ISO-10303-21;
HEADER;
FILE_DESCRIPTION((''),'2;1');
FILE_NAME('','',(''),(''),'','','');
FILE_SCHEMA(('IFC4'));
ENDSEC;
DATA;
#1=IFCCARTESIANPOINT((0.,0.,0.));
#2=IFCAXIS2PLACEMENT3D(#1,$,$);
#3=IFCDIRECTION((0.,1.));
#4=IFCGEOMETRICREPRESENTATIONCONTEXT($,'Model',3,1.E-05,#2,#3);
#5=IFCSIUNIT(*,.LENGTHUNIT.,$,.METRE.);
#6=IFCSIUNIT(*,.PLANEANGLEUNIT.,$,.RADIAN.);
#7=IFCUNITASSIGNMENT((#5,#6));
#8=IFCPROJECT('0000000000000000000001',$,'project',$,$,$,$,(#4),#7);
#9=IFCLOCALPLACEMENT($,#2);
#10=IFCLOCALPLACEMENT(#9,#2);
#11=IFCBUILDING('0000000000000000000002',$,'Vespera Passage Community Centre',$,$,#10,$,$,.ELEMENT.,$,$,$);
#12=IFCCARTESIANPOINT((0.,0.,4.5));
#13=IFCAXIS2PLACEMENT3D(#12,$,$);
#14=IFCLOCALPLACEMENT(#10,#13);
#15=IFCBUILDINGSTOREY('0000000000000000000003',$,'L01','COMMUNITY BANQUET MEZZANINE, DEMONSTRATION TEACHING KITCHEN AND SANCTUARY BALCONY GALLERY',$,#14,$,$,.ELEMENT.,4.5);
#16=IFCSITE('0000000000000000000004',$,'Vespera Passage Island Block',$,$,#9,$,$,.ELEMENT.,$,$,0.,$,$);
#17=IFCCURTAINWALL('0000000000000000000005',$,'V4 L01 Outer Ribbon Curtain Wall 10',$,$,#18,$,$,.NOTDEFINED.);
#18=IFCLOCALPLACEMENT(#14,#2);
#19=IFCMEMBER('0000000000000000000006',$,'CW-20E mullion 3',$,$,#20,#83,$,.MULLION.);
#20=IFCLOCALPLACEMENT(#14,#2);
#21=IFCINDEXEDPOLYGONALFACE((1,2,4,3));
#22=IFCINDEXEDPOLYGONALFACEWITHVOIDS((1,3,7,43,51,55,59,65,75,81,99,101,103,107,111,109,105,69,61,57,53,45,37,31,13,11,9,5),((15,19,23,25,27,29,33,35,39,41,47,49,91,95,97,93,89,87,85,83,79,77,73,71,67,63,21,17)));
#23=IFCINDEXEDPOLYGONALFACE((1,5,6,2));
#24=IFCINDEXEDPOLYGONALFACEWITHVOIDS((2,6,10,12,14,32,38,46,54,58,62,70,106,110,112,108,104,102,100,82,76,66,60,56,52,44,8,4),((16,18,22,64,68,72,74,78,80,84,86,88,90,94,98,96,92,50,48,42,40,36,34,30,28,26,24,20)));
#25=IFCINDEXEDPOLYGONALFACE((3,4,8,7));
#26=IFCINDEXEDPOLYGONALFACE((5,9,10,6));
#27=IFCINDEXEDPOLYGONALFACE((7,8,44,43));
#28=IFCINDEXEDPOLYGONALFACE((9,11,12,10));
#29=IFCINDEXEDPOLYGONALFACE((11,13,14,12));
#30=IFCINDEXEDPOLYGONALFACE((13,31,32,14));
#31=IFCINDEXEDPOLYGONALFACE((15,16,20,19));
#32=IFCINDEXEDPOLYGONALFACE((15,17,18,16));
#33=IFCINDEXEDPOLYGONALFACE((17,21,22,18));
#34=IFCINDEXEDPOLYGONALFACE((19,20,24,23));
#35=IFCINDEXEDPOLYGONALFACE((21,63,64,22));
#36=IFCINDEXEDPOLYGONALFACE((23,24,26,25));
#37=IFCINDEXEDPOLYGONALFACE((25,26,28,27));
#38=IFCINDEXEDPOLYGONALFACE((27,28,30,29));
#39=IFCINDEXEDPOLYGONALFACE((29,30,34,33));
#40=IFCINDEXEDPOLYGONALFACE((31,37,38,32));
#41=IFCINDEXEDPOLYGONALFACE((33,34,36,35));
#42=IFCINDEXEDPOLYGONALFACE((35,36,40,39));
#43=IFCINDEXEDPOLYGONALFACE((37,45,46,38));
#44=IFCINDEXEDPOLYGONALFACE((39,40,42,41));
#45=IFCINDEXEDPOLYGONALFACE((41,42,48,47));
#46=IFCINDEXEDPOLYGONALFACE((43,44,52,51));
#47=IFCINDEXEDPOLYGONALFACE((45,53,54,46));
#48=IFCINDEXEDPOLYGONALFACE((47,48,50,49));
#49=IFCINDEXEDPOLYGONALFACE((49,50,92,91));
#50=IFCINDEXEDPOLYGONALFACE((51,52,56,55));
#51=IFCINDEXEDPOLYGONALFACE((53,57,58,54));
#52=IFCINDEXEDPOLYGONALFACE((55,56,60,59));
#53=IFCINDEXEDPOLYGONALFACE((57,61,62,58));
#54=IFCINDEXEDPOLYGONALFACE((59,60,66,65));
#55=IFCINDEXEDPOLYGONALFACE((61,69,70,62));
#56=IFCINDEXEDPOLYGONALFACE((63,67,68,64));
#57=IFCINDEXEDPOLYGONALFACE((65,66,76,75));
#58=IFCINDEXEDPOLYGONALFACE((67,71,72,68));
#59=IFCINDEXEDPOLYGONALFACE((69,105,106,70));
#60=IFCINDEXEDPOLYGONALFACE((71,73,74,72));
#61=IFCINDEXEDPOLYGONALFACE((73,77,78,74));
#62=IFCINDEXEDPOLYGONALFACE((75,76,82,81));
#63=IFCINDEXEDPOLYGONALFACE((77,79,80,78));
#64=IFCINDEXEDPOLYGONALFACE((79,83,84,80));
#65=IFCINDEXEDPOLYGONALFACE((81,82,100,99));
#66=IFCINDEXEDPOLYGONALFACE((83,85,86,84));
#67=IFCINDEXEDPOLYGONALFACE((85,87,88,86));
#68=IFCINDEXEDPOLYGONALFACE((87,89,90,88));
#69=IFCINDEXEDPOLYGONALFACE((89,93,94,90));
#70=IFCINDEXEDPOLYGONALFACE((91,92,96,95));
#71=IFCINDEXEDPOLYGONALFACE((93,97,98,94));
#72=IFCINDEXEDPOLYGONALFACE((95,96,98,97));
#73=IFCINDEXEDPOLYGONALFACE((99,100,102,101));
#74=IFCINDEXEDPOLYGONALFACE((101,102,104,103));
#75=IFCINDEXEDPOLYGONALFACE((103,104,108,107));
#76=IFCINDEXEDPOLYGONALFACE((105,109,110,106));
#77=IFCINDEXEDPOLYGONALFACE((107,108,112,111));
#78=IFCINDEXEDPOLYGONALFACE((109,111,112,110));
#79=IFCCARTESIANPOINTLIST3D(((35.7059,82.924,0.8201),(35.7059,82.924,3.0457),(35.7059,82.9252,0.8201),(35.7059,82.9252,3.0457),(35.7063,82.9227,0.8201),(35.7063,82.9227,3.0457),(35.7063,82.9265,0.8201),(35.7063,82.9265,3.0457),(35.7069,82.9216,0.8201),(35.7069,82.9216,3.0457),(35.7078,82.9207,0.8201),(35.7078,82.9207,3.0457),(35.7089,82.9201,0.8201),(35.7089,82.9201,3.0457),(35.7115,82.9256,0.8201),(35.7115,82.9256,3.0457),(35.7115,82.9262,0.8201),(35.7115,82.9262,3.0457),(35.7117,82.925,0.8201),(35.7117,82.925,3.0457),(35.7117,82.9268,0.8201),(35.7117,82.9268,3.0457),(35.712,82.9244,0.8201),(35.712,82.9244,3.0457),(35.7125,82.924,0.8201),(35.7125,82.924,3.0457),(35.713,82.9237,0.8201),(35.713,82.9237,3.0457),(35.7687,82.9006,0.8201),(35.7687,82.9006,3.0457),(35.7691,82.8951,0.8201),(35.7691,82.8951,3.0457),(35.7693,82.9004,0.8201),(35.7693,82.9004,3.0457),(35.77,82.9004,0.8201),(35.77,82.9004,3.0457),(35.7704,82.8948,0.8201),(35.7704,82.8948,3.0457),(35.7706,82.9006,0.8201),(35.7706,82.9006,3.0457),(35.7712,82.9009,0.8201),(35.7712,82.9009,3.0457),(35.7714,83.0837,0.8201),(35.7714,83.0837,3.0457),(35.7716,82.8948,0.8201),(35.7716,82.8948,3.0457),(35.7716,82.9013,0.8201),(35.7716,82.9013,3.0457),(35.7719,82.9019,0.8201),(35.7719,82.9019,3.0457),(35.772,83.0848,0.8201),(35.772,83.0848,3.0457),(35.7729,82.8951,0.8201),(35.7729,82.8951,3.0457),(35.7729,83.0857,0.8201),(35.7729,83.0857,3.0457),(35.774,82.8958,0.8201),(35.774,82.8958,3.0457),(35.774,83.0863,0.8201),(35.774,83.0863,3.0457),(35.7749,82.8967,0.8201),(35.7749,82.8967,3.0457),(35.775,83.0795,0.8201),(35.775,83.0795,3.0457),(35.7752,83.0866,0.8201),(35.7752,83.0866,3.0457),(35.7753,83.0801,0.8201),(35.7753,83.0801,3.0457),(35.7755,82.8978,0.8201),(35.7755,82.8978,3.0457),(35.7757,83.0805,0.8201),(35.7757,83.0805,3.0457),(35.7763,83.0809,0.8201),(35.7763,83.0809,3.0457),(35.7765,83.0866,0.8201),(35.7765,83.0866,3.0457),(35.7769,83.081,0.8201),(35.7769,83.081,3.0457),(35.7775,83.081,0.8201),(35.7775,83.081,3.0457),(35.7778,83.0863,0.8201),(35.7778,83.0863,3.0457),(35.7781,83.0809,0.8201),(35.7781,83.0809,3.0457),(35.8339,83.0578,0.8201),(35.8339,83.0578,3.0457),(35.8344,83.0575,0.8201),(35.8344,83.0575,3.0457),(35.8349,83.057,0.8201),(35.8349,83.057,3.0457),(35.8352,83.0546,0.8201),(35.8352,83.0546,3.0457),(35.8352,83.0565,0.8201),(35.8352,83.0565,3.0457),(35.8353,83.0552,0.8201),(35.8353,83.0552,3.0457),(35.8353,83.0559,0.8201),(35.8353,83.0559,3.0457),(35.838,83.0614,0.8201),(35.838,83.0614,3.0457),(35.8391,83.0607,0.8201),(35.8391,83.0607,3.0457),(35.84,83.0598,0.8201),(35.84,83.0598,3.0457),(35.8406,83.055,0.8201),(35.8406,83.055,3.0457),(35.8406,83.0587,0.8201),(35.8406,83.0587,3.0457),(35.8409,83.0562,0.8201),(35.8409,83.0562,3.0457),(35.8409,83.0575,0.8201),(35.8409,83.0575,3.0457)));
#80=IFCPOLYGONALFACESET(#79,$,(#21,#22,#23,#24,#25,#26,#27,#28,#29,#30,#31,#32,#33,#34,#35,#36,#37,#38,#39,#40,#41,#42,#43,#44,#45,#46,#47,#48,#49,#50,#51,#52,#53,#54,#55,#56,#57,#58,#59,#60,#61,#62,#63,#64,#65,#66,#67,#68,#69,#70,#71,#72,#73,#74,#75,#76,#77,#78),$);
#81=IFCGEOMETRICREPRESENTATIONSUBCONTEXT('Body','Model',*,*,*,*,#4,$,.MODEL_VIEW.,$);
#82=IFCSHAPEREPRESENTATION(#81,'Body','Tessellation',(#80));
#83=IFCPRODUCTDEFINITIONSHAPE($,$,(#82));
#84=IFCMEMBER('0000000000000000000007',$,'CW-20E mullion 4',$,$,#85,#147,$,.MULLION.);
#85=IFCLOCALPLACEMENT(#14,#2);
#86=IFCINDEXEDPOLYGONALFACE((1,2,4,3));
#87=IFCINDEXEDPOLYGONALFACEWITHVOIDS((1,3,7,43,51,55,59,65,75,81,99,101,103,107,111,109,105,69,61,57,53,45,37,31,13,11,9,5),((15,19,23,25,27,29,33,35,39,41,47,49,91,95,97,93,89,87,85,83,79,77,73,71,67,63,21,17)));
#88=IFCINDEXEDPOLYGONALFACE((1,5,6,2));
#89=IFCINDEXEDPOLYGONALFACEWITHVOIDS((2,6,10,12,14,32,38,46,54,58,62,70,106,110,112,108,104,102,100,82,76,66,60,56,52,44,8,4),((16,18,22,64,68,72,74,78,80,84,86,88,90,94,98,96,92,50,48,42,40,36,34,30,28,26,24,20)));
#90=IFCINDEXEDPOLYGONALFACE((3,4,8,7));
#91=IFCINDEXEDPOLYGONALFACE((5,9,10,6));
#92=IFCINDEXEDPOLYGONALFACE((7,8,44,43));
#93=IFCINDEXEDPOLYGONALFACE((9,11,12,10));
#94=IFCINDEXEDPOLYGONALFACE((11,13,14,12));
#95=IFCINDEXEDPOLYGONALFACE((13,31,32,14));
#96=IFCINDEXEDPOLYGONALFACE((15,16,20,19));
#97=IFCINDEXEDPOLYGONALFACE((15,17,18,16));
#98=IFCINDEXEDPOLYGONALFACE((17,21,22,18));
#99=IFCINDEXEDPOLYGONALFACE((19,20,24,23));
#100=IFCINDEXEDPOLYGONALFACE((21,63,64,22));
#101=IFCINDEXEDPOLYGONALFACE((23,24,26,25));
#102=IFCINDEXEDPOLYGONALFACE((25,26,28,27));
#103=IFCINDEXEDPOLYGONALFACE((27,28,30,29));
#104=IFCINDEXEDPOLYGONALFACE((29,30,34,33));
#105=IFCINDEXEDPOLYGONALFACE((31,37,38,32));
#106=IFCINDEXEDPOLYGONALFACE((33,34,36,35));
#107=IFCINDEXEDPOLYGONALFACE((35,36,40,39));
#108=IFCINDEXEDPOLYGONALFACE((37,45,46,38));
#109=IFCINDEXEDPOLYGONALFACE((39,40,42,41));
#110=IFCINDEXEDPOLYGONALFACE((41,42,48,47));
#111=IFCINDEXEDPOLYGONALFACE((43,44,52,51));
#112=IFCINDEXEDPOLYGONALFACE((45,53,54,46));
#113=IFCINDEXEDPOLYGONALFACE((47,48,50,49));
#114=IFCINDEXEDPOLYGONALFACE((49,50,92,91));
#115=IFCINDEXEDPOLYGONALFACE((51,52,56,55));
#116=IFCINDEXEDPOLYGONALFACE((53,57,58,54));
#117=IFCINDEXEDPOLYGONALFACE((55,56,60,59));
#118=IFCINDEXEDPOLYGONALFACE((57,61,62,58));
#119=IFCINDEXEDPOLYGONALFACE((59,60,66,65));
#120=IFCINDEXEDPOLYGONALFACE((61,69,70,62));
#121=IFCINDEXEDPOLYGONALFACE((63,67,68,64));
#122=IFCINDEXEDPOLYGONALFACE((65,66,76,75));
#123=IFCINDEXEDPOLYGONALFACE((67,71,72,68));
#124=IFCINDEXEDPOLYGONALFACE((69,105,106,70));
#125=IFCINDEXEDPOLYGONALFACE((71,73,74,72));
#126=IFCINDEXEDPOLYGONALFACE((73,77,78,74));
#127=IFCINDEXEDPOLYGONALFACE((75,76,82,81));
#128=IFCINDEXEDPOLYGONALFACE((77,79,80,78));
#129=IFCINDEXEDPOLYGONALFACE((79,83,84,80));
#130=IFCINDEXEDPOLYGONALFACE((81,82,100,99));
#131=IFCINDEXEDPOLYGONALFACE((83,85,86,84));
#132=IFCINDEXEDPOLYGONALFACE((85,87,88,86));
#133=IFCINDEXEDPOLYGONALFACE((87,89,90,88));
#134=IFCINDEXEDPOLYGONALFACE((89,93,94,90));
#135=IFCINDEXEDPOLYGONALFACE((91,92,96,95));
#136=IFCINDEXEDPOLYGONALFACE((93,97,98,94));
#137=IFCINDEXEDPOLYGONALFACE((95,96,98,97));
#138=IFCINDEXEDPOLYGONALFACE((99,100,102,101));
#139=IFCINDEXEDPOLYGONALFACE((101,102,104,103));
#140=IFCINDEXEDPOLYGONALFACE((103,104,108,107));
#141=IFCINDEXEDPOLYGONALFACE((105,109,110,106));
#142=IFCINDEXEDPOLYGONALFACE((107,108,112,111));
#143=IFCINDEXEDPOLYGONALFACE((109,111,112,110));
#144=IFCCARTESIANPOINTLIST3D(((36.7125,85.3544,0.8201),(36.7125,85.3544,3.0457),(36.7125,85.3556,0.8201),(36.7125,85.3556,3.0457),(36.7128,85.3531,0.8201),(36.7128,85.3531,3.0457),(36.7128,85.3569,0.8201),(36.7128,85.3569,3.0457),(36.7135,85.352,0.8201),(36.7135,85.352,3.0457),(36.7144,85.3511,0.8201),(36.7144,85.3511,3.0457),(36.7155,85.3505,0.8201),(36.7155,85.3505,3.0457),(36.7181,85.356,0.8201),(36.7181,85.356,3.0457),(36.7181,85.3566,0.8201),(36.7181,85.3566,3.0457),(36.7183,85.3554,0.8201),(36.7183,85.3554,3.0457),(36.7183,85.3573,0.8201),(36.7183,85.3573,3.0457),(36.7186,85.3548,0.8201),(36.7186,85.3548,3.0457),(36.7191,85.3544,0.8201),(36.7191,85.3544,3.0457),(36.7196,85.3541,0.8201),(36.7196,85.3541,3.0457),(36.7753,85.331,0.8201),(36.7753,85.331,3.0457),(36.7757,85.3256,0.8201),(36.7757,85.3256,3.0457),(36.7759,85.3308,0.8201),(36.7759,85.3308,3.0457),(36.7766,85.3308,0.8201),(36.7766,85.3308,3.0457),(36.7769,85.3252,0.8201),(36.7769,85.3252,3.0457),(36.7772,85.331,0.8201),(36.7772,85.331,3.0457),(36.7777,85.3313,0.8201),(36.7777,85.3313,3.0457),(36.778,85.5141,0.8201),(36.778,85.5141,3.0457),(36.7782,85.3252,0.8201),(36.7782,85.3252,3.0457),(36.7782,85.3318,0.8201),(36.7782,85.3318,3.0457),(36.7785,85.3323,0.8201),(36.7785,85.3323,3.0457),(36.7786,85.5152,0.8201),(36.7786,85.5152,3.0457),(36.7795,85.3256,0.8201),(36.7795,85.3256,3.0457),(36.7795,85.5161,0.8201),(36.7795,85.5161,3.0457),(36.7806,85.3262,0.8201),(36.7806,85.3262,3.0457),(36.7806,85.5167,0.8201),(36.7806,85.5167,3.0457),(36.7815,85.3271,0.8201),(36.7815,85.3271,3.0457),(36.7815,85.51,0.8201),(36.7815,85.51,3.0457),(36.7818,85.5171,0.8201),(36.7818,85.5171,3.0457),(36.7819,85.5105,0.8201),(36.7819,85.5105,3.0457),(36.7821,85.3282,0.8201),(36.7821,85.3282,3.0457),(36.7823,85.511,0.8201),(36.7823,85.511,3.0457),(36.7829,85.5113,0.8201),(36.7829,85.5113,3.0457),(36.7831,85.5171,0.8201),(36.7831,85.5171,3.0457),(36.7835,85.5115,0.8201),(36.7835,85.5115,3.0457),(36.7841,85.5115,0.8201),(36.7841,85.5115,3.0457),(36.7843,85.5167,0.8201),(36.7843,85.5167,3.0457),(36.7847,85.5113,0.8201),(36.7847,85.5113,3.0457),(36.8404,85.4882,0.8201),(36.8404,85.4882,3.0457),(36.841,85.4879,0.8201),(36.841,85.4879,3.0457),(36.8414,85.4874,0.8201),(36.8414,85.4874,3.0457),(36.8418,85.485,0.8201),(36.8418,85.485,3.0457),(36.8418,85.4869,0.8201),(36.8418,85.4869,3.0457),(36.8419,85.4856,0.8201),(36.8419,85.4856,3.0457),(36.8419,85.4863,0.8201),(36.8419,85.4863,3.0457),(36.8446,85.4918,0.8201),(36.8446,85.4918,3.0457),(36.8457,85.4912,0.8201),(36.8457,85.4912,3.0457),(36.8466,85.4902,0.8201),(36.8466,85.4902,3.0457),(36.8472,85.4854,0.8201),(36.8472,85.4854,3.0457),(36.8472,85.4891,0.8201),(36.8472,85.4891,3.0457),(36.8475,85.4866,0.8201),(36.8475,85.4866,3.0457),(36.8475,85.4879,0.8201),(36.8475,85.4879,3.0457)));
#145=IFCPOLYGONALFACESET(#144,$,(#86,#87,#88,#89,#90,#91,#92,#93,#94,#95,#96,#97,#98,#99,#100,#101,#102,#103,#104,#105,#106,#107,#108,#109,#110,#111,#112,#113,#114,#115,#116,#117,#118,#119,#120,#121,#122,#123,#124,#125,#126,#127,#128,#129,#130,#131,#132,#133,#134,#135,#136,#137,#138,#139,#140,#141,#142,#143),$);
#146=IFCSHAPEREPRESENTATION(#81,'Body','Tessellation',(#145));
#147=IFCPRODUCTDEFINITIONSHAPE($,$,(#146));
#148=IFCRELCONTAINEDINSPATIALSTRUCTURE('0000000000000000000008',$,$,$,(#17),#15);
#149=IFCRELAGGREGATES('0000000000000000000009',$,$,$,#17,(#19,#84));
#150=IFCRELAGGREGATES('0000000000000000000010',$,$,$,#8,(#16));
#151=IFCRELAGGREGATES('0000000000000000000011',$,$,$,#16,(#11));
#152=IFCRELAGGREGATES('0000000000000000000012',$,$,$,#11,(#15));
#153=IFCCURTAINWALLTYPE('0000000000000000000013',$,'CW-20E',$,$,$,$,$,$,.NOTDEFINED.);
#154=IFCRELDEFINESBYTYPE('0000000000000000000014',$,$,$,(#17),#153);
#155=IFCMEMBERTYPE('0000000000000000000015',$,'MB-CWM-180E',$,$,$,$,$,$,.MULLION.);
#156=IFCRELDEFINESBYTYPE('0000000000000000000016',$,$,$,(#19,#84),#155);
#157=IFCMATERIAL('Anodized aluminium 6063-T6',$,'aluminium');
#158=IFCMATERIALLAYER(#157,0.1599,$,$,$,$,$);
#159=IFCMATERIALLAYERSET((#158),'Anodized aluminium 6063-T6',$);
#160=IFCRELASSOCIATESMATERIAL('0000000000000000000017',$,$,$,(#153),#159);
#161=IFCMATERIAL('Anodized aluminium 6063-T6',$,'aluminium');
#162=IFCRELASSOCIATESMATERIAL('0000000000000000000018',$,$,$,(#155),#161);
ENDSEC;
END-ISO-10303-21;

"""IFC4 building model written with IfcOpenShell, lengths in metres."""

from ifc_helpers import new_model, si_unit, direction, frame, origin, origin_2d, place, context, subcontext, project, spatial, hollow_rectangle, extrude, material, layer, layer_set, material_profile, profile_set, type_object, element, aggregate, save


model = new_model("IFC4")

# Units and contexts
model_context = context("Model", 3, precision=1e-05, world=origin(), true_north=direction((0.0, 1.0)))
body_context = subcontext(model_context, "Body", "Model", "MODEL_VIEW")
ifc_project = project(units=[si_unit("LENGTHUNIT", "METRE"), si_unit("PLANEANGLEUNIT", "RADIAN")], contexts=[model_context])

# Site, building, storey
site_placement = place(None, origin())
site = spatial("IfcSite", under=ifc_project, at=site_placement, Name="Vespera Passage Island Block", CompositionType="ELEMENT", RefElevation=0.0)
building_placement = place(site_placement, origin())
building = spatial("IfcBuilding", under=site, at=building_placement, Name="Vespera Passage Community Centre", CompositionType="ELEMENT")
storey_placement = place(building_placement, frame((0.0, 0.0, 4.5)))
storey = spatial("IfcBuildingStorey", under=building, at=storey_placement, Name="L01", Description="COMMUNITY BANQUET MEZZANINE, DEMONSTRATION TEACHING KITCHEN AND SANCTUARY BALCONY GALLERY", CompositionType="ELEMENT", Elevation=4.5)

# Curtain wall, members
ifc_material_1 = material(Name="Anodized aluminium 6063-T6", Category="aluminium")
ifc_layer_1 = layer(ifc_material_1, 0.1599)
ifc_layer_set_1 = layer_set([ifc_layer_1], Name="Anodized aluminium 6063-T6")
curtain_wall_type_1 = type_object("IfcCurtainWallType", Name="CW-20E", PredefinedType="NOTDEFINED", material=ifc_layer_set_1)
curtain_wall_1_placement = place(storey_placement, origin())
curtain_wall_1 = element("IfcCurtainWall", 1, at=curtain_wall_1_placement, inside=storey, type_object=curtain_wall_type_1, Name="V4 L01 Outer Ribbon Curtain Wall 10", PredefinedType="NOTDEFINED")
ifc_material_2 = material(Name="Anodized aluminium 6063-T6", Category="aluminium")
ifc_material_profile_1 = material_profile(ifc_material_2, hollow_rectangle(XDim=0.075, YDim=0.1799, WallThickness=0.0049, InnerFilletRadius=0.0024, OuterFilletRadius=0.0049, at=origin_2d()), Name="ALU180X75X5")
ifc_profile_set_1 = profile_set([ifc_material_profile_1], Name="Anodized aluminium 6063-T6")
member_type_1 = type_object("IfcMemberType", Name="MB-CWM-180E", PredefinedType="MULLION", material=ifc_profile_set_1)
member_1_placement = place(storey_placement, frame((35.7734, 82.9907, 0.8201), z_axis=(0.0, 0.0, 1.0), x_axis=(-0.923881, 0.382679, 0.0)))
member_1 = element("IfcMember", 2, at=member_1_placement, type_object=member_type_1, Name="CW-20E mullion 3", PredefinedType="MULLION", context=body_context, shape_type="SweptSolid", body=[
    extrude(hollow_rectangle(XDim=0.075, YDim=0.1799, WallThickness=0.0049, InnerFilletRadius=0.0024, OuterFilletRadius=0.0049, at=origin_2d()), origin(), (0.0, 0.0, 1.0), 2.2256),
])
member_2_placement = place(storey_placement, frame((36.78, 85.4211, 0.8201), z_axis=(0.0, 0.0, 1.0), x_axis=(-0.923881, 0.382679, 0.0)))
member_2 = element("IfcMember", 3, at=member_2_placement, type_object=member_type_1, Name="CW-20E mullion 4", PredefinedType="MULLION", context=body_context, shape_type="SweptSolid", body=[
    extrude(hollow_rectangle(XDim=0.075, YDim=0.1799, WallThickness=0.0049, InnerFilletRadius=0.0024, OuterFilletRadius=0.0049, at=origin_2d()), origin(), (0.0, 0.0, 1.0), 2.2256),
])

aggregate(curtain_wall_1, [member_1, member_2])

save(model, "model.ifc")
